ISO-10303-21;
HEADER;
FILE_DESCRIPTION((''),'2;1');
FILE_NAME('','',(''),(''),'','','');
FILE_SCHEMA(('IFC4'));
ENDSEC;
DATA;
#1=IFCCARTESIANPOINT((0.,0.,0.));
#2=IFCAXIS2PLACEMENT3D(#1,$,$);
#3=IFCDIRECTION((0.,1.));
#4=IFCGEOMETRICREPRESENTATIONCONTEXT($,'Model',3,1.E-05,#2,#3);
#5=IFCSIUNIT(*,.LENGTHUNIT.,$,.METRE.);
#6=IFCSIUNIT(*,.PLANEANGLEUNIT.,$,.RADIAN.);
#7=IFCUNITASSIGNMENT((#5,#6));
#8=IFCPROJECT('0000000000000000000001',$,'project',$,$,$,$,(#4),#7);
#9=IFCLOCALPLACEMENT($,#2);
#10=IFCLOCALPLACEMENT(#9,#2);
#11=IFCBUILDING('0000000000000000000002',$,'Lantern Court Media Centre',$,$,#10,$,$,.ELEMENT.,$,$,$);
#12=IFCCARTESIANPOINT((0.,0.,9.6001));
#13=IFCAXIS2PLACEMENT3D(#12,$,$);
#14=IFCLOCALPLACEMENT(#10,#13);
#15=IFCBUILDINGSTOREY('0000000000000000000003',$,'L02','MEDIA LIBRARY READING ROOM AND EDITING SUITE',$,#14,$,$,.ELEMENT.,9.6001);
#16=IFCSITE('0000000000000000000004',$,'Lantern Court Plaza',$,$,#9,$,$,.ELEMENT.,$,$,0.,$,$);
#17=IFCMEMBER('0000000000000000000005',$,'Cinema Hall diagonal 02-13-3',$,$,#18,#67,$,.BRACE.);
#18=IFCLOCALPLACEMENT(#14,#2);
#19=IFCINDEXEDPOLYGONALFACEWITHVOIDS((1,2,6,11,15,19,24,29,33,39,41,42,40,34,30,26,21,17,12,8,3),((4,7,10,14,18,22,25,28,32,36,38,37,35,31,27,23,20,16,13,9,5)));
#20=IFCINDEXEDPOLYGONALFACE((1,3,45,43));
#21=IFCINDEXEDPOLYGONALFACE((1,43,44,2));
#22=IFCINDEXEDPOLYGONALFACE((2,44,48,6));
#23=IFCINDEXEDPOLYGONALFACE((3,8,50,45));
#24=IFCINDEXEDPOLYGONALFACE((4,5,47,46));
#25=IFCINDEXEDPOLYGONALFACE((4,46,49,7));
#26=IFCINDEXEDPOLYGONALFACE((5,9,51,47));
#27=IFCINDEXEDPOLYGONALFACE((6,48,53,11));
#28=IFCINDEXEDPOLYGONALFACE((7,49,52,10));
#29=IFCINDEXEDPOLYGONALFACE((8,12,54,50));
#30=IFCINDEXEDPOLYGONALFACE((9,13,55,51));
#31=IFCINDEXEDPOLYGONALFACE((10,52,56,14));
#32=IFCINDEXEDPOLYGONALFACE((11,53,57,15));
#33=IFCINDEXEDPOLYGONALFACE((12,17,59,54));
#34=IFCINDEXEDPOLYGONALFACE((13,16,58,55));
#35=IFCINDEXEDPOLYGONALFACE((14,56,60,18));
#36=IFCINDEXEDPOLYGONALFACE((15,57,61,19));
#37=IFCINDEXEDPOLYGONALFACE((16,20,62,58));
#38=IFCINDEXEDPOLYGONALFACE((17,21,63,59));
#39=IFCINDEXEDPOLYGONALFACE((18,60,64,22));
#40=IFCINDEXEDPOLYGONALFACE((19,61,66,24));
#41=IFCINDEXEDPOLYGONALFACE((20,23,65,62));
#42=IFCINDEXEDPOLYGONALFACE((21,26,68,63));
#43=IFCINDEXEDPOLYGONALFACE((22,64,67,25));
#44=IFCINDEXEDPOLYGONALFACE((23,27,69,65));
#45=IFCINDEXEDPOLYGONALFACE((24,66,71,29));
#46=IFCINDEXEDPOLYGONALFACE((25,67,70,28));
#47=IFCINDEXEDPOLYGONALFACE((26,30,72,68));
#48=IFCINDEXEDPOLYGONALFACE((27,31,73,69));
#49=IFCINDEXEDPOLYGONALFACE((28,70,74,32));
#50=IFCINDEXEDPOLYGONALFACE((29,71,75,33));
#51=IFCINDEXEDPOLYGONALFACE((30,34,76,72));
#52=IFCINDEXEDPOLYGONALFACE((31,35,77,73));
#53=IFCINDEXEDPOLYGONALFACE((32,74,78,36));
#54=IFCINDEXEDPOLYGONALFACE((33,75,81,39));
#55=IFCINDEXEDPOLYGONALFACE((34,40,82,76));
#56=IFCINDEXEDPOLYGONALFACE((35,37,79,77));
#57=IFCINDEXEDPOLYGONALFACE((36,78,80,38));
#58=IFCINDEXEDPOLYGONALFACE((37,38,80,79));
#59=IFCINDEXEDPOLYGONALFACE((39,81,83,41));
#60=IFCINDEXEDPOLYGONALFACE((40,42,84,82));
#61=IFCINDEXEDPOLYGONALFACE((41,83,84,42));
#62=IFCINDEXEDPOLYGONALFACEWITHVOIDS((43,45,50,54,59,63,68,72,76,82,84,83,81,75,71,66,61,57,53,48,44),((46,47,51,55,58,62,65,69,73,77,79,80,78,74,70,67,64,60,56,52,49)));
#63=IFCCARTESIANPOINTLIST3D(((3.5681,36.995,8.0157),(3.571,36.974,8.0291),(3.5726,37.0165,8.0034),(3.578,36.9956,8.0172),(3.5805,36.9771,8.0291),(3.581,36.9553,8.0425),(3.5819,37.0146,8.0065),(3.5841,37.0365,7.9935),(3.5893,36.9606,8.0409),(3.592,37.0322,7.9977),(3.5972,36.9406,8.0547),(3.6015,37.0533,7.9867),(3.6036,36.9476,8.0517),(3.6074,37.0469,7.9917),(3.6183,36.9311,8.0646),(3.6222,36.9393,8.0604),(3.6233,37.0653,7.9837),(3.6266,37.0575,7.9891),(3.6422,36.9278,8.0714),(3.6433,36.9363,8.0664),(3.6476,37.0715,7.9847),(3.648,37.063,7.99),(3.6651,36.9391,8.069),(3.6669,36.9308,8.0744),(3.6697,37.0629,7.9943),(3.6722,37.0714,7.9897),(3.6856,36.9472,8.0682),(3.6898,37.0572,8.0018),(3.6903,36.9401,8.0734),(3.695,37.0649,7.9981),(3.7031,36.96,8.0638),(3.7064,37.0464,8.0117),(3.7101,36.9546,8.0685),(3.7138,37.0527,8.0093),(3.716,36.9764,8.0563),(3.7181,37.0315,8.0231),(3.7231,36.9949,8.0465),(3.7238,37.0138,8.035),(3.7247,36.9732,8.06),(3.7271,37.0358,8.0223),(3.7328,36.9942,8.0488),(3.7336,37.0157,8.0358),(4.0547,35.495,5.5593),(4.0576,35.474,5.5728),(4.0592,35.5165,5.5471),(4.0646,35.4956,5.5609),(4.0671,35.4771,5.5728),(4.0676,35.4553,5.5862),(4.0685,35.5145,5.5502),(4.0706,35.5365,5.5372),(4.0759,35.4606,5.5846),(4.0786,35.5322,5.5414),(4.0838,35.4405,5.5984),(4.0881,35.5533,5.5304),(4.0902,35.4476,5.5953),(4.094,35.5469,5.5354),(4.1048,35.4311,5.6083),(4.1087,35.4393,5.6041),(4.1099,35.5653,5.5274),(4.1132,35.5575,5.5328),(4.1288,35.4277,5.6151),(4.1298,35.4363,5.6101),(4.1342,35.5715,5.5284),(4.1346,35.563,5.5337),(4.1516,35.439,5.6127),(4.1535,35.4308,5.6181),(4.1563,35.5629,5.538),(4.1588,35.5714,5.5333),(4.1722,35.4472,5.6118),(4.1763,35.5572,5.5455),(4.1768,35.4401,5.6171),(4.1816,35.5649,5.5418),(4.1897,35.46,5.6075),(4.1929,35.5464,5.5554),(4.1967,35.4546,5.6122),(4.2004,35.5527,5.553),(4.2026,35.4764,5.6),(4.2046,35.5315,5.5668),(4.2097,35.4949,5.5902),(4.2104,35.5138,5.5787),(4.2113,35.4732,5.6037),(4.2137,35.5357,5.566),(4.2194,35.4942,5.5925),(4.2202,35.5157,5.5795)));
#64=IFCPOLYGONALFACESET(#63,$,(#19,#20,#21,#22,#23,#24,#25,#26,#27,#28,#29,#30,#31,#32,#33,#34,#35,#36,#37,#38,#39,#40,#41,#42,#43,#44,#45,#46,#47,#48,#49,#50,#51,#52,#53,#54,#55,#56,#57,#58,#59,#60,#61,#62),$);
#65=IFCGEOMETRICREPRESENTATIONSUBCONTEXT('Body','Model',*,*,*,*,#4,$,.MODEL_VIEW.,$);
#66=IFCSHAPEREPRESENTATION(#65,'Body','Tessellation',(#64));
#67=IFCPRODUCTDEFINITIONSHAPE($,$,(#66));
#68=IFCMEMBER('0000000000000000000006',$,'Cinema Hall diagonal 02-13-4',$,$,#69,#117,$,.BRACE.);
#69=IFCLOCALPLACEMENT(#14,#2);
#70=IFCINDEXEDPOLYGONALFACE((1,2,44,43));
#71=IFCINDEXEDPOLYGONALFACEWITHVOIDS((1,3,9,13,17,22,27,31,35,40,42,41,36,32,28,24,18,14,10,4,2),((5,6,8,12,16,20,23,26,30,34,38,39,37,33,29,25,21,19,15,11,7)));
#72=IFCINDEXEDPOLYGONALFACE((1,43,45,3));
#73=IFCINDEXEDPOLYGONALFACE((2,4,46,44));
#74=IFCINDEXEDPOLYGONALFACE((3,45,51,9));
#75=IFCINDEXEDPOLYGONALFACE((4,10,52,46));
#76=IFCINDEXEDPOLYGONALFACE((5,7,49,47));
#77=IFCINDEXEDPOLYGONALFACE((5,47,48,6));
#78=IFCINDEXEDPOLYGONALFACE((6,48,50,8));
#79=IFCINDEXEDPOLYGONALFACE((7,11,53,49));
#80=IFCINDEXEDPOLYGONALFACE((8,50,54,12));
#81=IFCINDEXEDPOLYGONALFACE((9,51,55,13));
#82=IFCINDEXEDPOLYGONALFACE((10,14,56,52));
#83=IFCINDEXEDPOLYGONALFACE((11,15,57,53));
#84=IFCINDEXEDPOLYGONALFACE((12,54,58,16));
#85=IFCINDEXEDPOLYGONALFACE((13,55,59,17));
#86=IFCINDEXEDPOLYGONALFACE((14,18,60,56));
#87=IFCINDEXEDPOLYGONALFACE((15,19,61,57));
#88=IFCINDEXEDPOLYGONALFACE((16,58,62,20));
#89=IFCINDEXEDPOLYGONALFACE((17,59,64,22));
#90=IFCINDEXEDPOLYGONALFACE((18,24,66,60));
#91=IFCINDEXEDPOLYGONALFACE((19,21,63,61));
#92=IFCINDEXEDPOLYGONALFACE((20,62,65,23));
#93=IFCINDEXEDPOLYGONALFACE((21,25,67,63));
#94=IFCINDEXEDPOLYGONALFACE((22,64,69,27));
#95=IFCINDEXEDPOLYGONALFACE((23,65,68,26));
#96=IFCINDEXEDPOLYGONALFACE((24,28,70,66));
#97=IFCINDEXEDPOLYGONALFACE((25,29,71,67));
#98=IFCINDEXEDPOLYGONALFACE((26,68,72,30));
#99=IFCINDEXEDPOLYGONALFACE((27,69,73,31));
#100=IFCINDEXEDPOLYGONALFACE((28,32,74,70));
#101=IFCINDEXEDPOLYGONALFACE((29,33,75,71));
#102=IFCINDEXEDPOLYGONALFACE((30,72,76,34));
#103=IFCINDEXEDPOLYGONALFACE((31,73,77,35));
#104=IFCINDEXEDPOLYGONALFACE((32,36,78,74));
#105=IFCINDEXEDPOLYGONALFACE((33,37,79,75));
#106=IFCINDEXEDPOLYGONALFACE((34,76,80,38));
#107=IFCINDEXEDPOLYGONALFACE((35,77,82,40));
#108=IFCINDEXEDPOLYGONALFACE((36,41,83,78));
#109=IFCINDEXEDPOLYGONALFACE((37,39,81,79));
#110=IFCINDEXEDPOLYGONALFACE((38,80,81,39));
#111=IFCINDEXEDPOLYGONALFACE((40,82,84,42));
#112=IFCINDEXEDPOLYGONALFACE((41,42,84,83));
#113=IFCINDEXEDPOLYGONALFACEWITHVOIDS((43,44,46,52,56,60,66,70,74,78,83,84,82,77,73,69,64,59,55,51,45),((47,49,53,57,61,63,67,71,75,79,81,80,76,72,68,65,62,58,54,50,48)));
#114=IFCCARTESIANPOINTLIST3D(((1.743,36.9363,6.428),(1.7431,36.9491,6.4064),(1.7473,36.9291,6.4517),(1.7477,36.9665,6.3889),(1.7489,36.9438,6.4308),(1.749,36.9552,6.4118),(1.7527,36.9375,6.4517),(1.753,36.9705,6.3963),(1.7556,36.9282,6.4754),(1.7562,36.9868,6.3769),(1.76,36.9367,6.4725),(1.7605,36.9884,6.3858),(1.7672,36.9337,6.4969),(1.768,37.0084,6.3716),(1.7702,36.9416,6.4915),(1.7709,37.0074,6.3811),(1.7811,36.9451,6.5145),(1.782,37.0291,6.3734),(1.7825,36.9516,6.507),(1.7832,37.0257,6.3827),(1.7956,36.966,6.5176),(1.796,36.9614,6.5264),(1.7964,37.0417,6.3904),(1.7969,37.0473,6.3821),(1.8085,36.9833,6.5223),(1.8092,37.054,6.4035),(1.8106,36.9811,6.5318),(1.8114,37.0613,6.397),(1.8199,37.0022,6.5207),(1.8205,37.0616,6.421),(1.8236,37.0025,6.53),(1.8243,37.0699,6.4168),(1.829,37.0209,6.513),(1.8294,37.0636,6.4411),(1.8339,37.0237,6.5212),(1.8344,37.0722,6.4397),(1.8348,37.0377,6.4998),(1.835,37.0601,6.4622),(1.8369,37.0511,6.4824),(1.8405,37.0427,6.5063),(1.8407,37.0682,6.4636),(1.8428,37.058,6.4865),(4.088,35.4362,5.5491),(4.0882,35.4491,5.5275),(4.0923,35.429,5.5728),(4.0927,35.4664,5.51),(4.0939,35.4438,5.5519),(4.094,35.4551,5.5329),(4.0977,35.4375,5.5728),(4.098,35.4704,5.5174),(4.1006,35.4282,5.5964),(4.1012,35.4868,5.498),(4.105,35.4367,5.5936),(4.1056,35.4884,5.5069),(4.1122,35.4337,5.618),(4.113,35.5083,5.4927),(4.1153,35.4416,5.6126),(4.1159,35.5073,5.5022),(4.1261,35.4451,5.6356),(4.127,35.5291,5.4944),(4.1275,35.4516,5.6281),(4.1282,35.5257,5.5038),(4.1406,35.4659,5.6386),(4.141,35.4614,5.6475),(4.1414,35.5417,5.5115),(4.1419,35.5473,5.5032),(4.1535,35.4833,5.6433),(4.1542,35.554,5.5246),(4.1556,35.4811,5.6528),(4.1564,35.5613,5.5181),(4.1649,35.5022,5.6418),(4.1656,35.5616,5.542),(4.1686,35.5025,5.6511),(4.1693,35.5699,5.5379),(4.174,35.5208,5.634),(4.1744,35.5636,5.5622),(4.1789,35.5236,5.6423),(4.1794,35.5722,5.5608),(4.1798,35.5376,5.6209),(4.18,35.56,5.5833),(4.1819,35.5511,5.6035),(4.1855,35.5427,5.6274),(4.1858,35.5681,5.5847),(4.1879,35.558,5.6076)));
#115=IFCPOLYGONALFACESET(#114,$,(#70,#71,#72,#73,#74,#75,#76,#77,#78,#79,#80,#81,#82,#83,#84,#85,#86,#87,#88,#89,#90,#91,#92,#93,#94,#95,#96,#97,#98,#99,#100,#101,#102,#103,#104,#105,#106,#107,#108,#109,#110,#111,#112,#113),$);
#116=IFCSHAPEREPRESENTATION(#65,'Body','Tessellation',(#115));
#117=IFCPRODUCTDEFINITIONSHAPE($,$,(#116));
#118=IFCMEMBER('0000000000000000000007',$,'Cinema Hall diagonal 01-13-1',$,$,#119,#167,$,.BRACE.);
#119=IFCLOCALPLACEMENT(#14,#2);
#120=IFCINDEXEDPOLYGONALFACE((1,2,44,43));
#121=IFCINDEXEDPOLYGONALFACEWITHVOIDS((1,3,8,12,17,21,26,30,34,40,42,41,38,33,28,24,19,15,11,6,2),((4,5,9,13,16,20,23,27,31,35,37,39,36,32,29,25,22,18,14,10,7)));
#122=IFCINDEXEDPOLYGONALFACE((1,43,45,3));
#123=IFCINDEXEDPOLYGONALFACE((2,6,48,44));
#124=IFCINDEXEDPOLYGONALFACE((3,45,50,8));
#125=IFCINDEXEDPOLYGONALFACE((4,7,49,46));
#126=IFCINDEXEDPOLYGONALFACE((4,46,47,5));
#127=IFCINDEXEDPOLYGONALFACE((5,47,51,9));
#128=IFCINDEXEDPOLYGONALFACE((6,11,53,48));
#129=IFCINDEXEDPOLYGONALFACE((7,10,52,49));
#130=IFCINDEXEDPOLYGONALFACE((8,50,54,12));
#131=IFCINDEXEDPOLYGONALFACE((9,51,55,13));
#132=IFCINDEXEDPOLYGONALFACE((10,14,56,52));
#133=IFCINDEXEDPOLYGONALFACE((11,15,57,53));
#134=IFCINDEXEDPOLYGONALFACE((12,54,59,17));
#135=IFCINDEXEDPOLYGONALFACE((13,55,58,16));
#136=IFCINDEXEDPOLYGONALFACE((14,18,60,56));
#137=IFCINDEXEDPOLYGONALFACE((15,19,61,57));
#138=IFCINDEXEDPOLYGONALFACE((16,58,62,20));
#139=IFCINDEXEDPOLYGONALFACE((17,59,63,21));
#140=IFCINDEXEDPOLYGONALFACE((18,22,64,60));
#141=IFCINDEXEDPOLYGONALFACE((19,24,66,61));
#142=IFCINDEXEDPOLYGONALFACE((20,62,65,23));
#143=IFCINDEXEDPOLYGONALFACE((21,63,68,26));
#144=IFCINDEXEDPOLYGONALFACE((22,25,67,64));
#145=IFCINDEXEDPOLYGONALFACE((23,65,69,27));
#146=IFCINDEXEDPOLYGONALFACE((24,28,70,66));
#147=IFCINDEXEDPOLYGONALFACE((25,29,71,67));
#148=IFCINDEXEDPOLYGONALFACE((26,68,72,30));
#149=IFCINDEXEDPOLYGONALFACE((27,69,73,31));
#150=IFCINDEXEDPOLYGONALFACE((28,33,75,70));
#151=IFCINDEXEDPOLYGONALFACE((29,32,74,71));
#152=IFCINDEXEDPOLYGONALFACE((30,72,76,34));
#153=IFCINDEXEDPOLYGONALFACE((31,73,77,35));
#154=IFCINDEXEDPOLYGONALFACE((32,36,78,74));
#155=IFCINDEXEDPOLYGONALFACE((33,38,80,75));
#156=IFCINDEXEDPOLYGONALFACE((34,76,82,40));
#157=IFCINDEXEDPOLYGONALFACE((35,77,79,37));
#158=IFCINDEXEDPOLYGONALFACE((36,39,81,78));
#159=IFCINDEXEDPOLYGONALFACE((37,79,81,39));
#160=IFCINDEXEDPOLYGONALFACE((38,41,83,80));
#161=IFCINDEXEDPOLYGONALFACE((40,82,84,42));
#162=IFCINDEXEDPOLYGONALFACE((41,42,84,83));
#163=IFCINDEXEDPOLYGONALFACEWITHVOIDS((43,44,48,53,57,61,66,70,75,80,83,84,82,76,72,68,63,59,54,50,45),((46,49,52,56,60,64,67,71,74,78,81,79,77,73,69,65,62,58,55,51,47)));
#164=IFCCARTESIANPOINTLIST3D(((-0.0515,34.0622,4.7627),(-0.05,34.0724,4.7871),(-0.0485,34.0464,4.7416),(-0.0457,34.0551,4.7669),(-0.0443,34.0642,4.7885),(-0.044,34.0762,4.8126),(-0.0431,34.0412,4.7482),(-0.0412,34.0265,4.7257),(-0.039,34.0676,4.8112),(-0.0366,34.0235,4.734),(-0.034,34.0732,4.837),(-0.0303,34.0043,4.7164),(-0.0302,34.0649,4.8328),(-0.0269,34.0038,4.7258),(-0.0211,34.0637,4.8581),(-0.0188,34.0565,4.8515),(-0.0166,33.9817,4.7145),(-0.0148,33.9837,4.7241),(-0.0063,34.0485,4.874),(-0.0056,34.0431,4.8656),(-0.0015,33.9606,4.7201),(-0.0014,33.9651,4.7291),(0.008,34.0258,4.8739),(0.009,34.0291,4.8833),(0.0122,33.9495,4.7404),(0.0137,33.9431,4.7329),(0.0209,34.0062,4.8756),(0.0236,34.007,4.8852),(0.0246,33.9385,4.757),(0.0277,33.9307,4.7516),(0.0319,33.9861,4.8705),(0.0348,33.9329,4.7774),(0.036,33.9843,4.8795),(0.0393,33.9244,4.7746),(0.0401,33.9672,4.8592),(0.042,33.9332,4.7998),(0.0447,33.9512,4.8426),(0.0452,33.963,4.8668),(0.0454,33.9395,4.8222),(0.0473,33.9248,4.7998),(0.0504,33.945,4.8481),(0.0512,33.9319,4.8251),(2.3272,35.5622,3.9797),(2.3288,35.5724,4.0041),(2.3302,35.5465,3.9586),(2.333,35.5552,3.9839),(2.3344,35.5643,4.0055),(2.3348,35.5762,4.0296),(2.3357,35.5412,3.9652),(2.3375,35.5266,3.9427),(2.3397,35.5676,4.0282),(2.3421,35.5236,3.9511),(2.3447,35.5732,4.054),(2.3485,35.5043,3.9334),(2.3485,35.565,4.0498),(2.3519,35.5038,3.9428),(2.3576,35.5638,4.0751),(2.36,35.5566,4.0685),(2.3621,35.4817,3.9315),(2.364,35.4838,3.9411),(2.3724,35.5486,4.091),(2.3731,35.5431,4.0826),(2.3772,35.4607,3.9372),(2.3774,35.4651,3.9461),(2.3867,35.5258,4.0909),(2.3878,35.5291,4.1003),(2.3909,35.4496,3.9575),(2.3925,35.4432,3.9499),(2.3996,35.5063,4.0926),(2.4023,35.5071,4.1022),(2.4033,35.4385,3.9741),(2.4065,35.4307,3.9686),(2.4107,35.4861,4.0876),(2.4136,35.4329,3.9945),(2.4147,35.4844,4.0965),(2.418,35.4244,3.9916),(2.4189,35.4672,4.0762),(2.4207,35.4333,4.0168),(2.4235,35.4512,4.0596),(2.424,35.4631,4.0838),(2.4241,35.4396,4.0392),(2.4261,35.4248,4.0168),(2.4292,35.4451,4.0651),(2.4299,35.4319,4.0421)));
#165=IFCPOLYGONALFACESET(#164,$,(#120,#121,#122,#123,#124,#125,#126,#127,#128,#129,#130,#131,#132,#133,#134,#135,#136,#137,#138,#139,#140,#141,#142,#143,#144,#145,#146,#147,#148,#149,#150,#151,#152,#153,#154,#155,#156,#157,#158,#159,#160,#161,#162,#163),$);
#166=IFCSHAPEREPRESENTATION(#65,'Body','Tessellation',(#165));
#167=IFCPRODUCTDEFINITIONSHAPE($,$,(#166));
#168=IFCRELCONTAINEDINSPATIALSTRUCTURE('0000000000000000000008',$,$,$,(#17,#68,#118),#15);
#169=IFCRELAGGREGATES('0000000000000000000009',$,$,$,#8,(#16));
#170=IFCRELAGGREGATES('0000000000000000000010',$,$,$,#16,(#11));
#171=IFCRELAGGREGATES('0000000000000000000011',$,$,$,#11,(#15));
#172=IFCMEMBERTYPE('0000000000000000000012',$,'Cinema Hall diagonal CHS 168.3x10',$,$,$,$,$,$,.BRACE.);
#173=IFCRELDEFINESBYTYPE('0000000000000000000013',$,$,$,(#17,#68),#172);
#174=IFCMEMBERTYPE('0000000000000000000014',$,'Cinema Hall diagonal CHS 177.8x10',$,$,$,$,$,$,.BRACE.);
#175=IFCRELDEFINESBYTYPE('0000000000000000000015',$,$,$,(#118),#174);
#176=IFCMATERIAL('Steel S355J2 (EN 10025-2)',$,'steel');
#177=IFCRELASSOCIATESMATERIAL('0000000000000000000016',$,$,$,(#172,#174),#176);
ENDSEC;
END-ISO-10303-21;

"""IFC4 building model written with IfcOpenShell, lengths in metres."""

from ifc_helpers import new_model, si_unit, direction, frame, origin, origin_2d, place, context, subcontext, project, spatial, hollow_circle, extrude, material, material_profile, profile_set, type_object, element, save


model = new_model("IFC4")

# Units and contexts
model_context = context("Model", 3, precision=1e-05, world=origin(), true_north=direction((0.0, 1.0)))
body_context = subcontext(model_context, "Body", "Model", "MODEL_VIEW")
ifc_project = project(units=[si_unit("LENGTHUNIT", "METRE"), si_unit("PLANEANGLEUNIT", "RADIAN")], contexts=[model_context])

# Site, building, storey
site_placement = place(None, origin())
site = spatial("IfcSite", under=ifc_project, at=site_placement, Name="Lantern Court Plaza", CompositionType="ELEMENT", RefElevation=0.0)
building_placement = place(site_placement, origin())
building = spatial("IfcBuilding", under=site, at=building_placement, Name="Lantern Court Media Centre", CompositionType="ELEMENT")
storey_placement = place(building_placement, frame((0.0, 0.0, 9.6001)))
storey = spatial("IfcBuildingStorey", under=building, at=storey_placement, Name="L02", Description="MEDIA LIBRARY READING ROOM AND EDITING SUITE", CompositionType="ELEMENT", Elevation=9.6001)

# Members
ifc_material_1 = material(Name="Steel S355J2 (EN 10025-2)", Category="steel")
ifc_material_profile_1 = material_profile(ifc_material_1, hollow_circle(Radius=0.0842, WallThickness=0.01, at=origin_2d()), Name="Cinema Hall diagonal CHS 168.3x10")
ifc_profile_set_1 = profile_set([ifc_material_profile_1], Name="Steel S355J2 (EN 10025-2)")
member_type_1 = type_object("IfcMemberType", Name="Cinema Hall diagonal CHS 168.3x10", PredefinedType="BRACE", material=ifc_profile_set_1)
for number, where, z_axis, x_axis, name in (
    (1, (4.1377, 35.5, 5.5728), (-0.166695, 0.513887, 0.841506), (-0.951207, -0.308554, 0.0), "Cinema Hall diagonal 02-13-3"),
):
    element("IfcMember", number, at=place(storey_placement, frame(where, z_axis=z_axis, x_axis=x_axis)), inside=storey, type_object=member_type_1, Name=name, PredefinedType="BRACE", context=body_context, shape_type="SweptSolid", body=[
        extrude(hollow_circle(Radius=0.0842, WallThickness=0.01, at=origin_2d()), origin(), (0.0, 0.0, 1.0), 2.9189),
    ])
member_1_placement = place(storey_placement, frame((4.1377, 35.5, 5.5728), z_axis=(-0.803309, 0.51385, 0.301084), x_axis=(-0.538855, -0.842399, 0.0)))
element("IfcMember", 2, at=member_1_placement, inside=storey, type_object=member_type_1, Name="Cinema Hall diagonal 02-13-4", PredefinedType="BRACE", context=body_context, shape_type="SweptSolid", body=[
    extrude(hollow_circle(Radius=0.0842, WallThickness=0.01, at=origin_2d()), origin(), (0.0, 0.0, 1.0), 2.9192),
])
ifc_material_profile_2 = material_profile(ifc_material_1, hollow_circle(Radius=0.0889, WallThickness=0.01, at=origin_2d()), Name="Cinema Hall diagonal CHS 177.8x10")
ifc_profile_set_2 = profile_set([ifc_material_profile_2], Name="Steel S355J2 (EN 10025-2)")
member_type_2 = type_object("IfcMemberType", Name="Cinema Hall diagonal CHS 177.8x10", PredefinedType="BRACE", material=ifc_profile_set_2)
for number, where, z_axis, x_axis, name in (
    (3, (2.3787, 35.5, 4.0168), (-0.814866, -0.51386, 0.268221), (0.533405, -0.84586, 0.0), "Cinema Hall diagonal 01-13-1"),
):
    element("IfcMember", number, at=place(storey_placement, frame(where, z_axis=z_axis, x_axis=x_axis)), inside=storey, type_object=member_type_2, Name=name, PredefinedType="BRACE", context=body_context, shape_type="SweptSolid", body=[
        extrude(hollow_circle(Radius=0.0889, WallThickness=0.01, at=origin_2d()), origin(), (0.0, 0.0, 1.0), 2.9192),
    ])

save(model, "model.ifc")
